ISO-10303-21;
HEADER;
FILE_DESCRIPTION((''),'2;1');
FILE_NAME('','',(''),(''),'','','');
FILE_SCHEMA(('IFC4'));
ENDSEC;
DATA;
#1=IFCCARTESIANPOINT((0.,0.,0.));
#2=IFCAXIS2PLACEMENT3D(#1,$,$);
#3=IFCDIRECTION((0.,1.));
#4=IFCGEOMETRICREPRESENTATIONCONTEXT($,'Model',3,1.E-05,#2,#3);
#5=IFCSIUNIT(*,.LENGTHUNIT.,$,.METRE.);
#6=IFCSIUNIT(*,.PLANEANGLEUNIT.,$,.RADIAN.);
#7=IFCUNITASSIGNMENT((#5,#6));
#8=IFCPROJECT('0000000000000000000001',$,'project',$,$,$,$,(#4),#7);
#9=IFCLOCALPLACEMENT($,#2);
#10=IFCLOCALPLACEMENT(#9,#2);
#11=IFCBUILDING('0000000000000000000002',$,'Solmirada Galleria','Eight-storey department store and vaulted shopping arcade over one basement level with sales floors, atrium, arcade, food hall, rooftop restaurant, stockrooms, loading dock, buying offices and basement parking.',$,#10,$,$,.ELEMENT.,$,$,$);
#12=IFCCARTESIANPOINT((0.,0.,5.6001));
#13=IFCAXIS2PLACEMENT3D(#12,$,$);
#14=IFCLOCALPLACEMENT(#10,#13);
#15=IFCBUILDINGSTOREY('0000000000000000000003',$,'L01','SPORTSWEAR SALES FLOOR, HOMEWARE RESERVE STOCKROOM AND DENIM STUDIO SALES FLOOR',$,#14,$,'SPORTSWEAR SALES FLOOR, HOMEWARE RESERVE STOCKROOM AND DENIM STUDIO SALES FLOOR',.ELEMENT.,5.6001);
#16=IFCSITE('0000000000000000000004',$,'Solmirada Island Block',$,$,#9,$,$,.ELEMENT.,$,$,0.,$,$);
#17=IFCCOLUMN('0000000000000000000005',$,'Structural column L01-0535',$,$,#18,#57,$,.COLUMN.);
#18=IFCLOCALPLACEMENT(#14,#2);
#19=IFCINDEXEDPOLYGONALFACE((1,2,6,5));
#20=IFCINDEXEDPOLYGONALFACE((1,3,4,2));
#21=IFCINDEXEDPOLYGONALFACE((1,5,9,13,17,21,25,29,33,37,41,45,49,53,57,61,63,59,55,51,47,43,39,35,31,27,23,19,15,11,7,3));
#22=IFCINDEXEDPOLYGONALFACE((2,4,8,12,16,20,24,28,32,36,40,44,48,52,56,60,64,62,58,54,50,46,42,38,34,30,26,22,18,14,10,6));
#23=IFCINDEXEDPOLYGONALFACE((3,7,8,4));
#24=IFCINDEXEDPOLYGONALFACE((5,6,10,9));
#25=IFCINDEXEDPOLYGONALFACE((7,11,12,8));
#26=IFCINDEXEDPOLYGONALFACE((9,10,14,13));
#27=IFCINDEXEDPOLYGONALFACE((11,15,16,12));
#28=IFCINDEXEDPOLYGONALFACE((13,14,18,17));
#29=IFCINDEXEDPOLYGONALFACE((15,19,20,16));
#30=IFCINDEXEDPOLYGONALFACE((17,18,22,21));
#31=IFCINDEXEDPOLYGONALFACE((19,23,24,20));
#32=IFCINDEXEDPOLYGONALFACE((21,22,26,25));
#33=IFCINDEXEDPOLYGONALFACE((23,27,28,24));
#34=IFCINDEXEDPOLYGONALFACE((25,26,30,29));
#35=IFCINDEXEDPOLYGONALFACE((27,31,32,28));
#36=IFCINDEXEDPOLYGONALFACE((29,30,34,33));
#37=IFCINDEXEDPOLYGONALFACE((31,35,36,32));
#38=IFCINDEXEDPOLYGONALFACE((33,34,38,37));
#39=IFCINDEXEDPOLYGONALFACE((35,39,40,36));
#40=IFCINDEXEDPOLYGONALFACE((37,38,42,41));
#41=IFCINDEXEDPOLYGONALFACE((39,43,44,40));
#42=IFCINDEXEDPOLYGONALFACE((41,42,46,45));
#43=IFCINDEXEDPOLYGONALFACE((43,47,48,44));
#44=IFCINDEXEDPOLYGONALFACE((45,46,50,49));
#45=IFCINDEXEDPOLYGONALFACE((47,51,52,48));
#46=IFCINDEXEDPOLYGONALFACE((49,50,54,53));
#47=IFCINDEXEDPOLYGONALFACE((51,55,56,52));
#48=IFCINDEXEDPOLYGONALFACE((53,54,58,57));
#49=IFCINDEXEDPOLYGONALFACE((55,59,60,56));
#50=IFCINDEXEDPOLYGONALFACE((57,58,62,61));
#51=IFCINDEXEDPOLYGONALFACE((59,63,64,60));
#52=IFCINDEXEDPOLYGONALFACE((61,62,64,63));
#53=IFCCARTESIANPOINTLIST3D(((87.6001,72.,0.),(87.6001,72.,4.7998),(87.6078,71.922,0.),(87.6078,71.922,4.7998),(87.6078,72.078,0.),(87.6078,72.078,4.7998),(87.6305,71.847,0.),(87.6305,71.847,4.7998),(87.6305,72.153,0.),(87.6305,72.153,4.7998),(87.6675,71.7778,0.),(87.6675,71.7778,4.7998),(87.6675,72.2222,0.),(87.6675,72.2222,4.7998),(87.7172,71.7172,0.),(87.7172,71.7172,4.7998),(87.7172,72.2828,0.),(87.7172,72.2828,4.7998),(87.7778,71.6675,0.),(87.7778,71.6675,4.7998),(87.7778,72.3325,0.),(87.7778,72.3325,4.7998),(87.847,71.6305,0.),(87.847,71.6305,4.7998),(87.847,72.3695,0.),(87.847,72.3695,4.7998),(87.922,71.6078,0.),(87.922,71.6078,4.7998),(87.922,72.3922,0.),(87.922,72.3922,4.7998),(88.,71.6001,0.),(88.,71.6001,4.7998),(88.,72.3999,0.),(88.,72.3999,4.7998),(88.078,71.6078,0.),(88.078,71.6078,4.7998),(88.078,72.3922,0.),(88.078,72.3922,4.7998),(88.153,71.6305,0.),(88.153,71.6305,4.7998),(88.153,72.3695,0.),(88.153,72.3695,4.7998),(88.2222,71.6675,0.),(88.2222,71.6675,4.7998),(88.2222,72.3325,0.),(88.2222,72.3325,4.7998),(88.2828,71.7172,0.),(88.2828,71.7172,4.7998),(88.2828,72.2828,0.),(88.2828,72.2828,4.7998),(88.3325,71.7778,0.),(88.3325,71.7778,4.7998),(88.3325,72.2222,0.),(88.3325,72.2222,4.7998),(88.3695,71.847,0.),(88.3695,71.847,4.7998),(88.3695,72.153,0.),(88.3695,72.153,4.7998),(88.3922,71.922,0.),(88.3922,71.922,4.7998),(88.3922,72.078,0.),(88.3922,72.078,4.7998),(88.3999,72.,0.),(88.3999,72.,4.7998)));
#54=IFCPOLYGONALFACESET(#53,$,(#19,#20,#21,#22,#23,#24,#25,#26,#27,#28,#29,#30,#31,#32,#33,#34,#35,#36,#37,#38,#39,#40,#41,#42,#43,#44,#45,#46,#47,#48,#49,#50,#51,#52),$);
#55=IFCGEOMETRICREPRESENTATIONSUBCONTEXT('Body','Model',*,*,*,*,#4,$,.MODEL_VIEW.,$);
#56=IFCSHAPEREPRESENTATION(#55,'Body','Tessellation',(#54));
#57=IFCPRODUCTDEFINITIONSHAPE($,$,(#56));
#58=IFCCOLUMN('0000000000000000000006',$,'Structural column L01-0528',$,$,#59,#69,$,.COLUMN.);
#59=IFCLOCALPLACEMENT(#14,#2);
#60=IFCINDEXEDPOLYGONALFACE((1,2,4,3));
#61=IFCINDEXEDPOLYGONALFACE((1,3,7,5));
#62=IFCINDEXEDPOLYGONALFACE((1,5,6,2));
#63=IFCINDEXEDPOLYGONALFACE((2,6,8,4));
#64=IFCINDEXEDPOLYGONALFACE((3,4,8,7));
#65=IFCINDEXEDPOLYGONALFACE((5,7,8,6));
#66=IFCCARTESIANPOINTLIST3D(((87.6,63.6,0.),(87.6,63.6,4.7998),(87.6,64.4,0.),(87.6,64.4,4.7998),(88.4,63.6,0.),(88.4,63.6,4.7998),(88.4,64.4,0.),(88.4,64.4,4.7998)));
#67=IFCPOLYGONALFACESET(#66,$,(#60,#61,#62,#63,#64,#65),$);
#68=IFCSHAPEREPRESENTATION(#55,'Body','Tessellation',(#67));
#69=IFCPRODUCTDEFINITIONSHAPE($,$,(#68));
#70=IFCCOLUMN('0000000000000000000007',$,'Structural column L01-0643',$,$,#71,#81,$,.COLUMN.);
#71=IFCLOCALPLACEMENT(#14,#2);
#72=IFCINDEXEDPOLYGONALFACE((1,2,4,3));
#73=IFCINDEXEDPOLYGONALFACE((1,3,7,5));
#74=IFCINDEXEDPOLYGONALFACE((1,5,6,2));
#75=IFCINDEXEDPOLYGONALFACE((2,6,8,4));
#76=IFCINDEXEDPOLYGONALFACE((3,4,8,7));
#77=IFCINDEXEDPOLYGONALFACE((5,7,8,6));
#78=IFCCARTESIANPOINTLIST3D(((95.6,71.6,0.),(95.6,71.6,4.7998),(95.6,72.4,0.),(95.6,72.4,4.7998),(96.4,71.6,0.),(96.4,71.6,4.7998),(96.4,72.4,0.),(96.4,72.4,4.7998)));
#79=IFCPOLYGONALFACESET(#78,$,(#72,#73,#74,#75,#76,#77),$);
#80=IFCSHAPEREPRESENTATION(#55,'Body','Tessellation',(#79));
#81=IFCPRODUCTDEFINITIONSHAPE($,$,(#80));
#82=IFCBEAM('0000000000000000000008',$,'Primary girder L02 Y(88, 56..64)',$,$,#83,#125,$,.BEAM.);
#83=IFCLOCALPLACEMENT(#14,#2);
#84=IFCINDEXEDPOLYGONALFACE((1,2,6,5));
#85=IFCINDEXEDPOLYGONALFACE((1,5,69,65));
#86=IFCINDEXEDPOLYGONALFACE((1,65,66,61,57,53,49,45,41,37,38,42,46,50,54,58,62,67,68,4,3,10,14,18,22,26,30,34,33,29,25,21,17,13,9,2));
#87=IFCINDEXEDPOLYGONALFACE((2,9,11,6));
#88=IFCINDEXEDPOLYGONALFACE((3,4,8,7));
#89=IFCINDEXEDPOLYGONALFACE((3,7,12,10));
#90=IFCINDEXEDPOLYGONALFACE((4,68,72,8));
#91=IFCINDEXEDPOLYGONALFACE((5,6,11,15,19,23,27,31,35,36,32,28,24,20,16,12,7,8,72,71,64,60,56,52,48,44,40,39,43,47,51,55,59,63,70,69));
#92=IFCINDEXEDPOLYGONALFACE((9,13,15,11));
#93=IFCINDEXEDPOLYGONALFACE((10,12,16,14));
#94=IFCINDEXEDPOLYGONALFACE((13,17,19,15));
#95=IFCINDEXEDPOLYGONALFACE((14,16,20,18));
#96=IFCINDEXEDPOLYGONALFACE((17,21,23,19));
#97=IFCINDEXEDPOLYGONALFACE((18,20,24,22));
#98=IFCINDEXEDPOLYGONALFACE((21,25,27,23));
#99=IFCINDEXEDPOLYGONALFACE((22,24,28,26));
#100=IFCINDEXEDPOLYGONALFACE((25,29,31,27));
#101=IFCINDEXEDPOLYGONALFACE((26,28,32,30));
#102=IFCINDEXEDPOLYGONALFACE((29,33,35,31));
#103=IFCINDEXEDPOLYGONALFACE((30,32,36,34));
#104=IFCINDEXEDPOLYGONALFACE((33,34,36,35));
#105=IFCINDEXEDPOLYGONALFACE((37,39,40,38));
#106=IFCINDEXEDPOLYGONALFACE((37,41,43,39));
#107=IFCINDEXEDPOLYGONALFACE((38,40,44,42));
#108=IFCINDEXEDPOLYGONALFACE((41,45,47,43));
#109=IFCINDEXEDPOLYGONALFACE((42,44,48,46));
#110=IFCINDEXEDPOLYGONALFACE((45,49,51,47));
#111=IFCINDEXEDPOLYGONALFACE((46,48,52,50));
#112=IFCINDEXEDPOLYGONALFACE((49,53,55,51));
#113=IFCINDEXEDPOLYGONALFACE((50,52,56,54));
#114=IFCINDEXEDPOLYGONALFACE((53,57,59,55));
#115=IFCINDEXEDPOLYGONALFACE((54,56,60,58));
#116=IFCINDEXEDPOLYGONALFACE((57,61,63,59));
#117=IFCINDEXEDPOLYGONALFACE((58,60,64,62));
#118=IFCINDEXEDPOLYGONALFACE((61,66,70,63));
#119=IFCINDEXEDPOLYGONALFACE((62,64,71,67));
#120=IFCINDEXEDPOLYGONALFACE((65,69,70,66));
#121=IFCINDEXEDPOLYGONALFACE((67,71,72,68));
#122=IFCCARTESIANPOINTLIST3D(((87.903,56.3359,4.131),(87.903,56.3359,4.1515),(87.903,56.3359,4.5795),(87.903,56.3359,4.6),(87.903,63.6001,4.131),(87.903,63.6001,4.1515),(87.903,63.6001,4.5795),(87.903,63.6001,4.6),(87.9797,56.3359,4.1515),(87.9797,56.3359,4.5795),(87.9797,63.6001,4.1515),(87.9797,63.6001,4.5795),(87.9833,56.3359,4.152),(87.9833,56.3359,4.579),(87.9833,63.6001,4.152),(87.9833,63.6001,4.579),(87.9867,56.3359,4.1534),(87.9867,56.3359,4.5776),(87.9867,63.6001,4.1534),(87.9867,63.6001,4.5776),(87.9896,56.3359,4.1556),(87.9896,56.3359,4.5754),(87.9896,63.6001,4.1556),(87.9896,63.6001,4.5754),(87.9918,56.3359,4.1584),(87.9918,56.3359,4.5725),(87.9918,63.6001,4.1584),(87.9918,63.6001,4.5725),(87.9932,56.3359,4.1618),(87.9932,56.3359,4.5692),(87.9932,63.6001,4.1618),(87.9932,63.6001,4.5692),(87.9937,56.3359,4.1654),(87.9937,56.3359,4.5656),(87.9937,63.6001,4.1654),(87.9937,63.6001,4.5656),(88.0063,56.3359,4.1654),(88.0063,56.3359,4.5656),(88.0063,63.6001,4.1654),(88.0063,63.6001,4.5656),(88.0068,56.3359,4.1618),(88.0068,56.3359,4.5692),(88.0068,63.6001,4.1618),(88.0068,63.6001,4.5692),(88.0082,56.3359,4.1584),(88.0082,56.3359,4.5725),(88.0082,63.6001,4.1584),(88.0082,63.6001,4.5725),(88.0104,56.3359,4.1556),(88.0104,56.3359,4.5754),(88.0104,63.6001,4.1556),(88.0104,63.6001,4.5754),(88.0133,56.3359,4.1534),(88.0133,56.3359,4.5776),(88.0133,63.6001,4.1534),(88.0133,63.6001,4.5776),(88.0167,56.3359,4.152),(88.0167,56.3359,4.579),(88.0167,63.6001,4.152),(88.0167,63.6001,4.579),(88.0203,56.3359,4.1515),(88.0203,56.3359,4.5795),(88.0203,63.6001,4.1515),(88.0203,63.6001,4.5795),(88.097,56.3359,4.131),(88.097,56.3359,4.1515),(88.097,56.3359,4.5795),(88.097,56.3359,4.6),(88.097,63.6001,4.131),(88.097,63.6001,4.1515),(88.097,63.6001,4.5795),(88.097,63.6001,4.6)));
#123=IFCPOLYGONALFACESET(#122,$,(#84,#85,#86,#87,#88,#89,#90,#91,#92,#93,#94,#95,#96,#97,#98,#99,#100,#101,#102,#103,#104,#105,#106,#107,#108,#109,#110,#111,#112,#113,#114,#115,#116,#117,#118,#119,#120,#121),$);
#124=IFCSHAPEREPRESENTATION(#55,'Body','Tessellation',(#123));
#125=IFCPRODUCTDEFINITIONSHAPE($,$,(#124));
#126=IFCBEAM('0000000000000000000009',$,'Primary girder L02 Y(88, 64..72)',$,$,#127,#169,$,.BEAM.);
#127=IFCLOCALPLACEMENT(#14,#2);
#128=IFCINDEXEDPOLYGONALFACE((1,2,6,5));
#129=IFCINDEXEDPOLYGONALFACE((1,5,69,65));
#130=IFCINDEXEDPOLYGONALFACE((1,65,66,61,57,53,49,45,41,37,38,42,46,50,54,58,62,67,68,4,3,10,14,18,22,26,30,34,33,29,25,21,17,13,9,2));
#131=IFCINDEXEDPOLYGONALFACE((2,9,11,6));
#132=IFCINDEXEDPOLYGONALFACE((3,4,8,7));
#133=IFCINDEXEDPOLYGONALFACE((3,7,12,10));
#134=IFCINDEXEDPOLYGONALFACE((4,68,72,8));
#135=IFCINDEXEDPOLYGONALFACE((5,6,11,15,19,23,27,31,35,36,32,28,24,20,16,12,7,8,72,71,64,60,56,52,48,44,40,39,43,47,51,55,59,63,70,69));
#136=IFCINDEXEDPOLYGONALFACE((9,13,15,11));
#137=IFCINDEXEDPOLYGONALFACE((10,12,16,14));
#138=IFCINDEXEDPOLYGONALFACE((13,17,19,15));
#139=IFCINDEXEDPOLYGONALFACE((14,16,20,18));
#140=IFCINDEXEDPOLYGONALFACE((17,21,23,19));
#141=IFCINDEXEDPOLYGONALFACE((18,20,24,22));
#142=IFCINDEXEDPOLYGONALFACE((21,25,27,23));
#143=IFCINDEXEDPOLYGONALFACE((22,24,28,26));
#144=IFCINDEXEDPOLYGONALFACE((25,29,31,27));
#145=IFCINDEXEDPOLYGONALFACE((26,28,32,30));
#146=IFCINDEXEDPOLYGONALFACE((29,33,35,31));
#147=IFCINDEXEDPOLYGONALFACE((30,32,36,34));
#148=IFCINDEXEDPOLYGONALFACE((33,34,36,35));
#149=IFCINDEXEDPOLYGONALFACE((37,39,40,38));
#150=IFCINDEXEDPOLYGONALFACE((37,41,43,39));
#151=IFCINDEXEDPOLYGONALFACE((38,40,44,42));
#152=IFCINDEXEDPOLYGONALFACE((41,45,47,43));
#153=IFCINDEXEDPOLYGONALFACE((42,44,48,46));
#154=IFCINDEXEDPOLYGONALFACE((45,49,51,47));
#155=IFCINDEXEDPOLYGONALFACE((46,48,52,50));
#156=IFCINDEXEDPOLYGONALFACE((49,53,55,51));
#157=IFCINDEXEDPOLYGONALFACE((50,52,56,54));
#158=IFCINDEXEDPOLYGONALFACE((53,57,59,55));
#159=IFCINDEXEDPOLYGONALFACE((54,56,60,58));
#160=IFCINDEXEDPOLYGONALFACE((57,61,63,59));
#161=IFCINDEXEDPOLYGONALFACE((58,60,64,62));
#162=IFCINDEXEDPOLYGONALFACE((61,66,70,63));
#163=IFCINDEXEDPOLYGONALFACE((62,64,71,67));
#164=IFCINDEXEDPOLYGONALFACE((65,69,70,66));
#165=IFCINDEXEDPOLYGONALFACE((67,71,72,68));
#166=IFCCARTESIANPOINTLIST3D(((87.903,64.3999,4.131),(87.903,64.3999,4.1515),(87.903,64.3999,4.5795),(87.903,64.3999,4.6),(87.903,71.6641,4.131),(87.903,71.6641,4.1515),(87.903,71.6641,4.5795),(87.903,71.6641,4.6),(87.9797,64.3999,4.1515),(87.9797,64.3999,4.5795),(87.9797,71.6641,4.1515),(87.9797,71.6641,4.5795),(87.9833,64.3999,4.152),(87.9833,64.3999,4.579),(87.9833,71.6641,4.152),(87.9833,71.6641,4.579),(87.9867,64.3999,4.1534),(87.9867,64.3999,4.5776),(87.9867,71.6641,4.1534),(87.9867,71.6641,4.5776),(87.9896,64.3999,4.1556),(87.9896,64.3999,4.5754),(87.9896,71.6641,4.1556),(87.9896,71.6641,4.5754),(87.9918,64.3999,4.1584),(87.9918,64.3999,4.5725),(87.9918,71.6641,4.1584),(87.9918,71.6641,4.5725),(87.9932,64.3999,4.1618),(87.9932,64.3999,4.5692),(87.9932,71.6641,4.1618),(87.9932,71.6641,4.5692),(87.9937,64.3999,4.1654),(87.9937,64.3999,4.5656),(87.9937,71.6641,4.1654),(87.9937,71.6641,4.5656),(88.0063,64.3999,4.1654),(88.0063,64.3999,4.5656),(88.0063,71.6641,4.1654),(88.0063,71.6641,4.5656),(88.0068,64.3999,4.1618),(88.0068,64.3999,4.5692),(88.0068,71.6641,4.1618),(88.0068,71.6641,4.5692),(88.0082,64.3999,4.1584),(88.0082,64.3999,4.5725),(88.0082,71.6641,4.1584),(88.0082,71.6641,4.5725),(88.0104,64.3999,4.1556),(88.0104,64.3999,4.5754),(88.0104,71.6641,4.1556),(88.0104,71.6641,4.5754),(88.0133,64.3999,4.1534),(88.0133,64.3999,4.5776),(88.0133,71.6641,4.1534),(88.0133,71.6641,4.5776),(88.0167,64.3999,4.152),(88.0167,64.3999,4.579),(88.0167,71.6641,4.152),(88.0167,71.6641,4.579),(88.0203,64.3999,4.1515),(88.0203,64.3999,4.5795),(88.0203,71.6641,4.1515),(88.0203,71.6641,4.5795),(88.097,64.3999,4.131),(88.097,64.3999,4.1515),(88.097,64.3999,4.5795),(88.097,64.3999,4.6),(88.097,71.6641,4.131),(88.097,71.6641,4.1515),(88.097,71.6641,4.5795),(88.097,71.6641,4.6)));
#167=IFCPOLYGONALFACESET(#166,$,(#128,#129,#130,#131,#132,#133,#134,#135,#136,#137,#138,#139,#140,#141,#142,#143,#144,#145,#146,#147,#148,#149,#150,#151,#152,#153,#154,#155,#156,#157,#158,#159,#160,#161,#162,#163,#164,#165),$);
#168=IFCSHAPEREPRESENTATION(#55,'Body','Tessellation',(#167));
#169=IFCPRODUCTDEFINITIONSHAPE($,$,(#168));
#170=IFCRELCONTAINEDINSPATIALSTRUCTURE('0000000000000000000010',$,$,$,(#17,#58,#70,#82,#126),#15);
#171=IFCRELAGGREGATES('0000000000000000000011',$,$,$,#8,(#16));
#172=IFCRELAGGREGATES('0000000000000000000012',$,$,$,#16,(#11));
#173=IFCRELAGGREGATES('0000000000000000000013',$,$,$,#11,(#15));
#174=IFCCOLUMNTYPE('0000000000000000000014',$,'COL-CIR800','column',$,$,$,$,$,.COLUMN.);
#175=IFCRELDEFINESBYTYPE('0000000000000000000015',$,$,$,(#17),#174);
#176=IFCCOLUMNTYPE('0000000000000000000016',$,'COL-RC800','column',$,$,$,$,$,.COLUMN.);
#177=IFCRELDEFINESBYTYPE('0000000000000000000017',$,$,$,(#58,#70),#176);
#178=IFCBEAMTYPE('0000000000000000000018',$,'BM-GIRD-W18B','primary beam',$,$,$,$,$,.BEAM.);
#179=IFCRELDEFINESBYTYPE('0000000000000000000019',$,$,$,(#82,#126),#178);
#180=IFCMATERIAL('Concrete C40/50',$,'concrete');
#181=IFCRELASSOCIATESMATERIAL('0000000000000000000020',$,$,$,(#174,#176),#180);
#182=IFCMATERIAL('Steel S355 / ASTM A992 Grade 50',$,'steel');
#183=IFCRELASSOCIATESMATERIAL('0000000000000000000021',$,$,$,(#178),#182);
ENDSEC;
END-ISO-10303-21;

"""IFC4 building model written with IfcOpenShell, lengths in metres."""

from ifc_helpers import new_model, si_unit, direction, frame, origin, origin_2d, place, context, subcontext, project, spatial, rectangle, circle, i_section, extrude, material, material_profile, profile_set, type_object, element, save


model = new_model("IFC4")

# Units and contexts
model_context = context("Model", 3, precision=1e-05, world=origin(), true_north=direction((0.0, 1.0)))
body_context = subcontext(model_context, "Body", "Model", "MODEL_VIEW")
ifc_project = project(units=[si_unit("LENGTHUNIT", "METRE"), si_unit("PLANEANGLEUNIT", "RADIAN")], contexts=[model_context])

# Site, building, storey
site_placement = place(None, origin())
site = spatial("IfcSite", under=ifc_project, at=site_placement, Name="Solmirada Island Block", CompositionType="ELEMENT", RefElevation=0.0)
building_placement = place(site_placement, origin())
building = spatial("IfcBuilding", under=site, at=building_placement, Name="Solmirada Galleria", Description="Eight-storey department store and vaulted shopping arcade over one basement level with sales floors, atrium, arcade, food hall, rooftop restaurant, stockrooms, loading dock, buying offices and basement parking.", CompositionType="ELEMENT")
storey_placement = place(building_placement, frame((0.0, 0.0, 5.6001)))
storey = spatial("IfcBuildingStorey", under=building, at=storey_placement, Name="L01", Description="SPORTSWEAR SALES FLOOR, HOMEWARE RESERVE STOCKROOM AND DENIM STUDIO SALES FLOOR", LongName="SPORTSWEAR SALES FLOOR, HOMEWARE RESERVE STOCKROOM AND DENIM STUDIO SALES FLOOR", CompositionType="ELEMENT", Elevation=5.6001)

# Columns
ifc_material_1 = material(Name="Concrete C40/50", Category="concrete")
ifc_material_profile_1 = material_profile(ifc_material_1, circle(Radius=0.3999, at=origin_2d()), Name="RCCOL800")
ifc_profile_set_1 = profile_set([ifc_material_profile_1], Name="Concrete C40/50")
column_type_1 = type_object("IfcColumnType", Name="COL-CIR800", Description="column", PredefinedType="COLUMN", material=ifc_profile_set_1)
column_placement = place(storey_placement, frame((88.0, 72.0, 0.0), z_axis=(0.0, 0.0, 1.0), x_axis=(1.0, 0.0, 0.0)))
element("IfcColumn", 1, at=column_placement, inside=storey, type_object=column_type_1, Name="Structural column L01-0535", PredefinedType="COLUMN", context=body_context, shape_type="SweptSolid", body=[
    extrude(circle(Radius=0.3999, at=origin_2d()), origin(), (0.0, 0.0, 1.0), 4.7998),
])
ifc_material_profile_2 = material_profile(ifc_material_1, rectangle(XDim=0.8, YDim=0.8, at=origin_2d()), Name="RC800X800")
ifc_profile_set_2 = profile_set([ifc_material_profile_2], Name="Concrete C40/50")
column_type_2 = type_object("IfcColumnType", Name="COL-RC800", Description="column", PredefinedType="COLUMN", material=ifc_profile_set_2)
for number, where, z_axis, x_axis, name in (
    (2, (88.0, 64.0, 0.0), (0.0, 0.0, 1.0), (1.0, 0.0, 0.0), "Structural column L01-0528"),
    (3, (96.0, 72.0, 0.0), (0.0, 0.0, 1.0), (1.0, 0.0, 0.0), "Structural column L01-0643"),
):
    element("IfcColumn", number, at=place(storey_placement, frame(where, z_axis=z_axis, x_axis=x_axis)), inside=storey, type_object=column_type_2, Name=name, PredefinedType="COLUMN", context=body_context, shape_type="SweptSolid", body=[
        extrude(rectangle(XDim=0.8, YDim=0.8, at=origin_2d()), origin(), (0.0, 0.0, 1.0), 4.7998),
    ])

# Beams
ifc_material_2 = material(Name="Steel S355 / ASTM A992 Grade 50", Category="steel")
ifc_material_profile_3 = material_profile(ifc_material_2, i_section(OverallWidth=0.1941, OverallDepth=0.469, WebThickness=0.0127, FlangeThickness=0.0205, FilletRadius=0.0139, at=origin_2d()), Name="W18X71")
ifc_profile_set_3 = profile_set([ifc_material_profile_3], Name="Steel S355 / ASTM A992 Grade 50")
beam_type_1 = type_object("IfcBeamType", Name="BM-GIRD-W18B", Description="primary beam", PredefinedType="BEAM", material=ifc_profile_set_3)
for number, where, z_axis, x_axis, name in (
    (4, (88.0, 56.3359, 4.3655), (0.0, 1.0, 0.0), (-1.0, 0.0, 0.0), "Primary girder L02 Y(88, 56..64)"),
    (5, (88.0, 64.3999, 4.3655), (0.0, 1.0, 0.0), (-1.0, 0.0, 0.0), "Primary girder L02 Y(88, 64..72)"),
):
    element("IfcBeam", number, at=place(storey_placement, frame(where, z_axis=z_axis, x_axis=x_axis)), inside=storey, type_object=beam_type_1, Name=name, PredefinedType="BEAM", context=body_context, shape_type="SweptSolid", body=[
        extrude(i_section(OverallWidth=0.1941, OverallDepth=0.469, WebThickness=0.0127, FlangeThickness=0.0205, FilletRadius=0.0139, at=origin_2d()), origin(), (0.0, 0.0, 1.0), 7.2642),
    ])

save(model, "model.ifc")
